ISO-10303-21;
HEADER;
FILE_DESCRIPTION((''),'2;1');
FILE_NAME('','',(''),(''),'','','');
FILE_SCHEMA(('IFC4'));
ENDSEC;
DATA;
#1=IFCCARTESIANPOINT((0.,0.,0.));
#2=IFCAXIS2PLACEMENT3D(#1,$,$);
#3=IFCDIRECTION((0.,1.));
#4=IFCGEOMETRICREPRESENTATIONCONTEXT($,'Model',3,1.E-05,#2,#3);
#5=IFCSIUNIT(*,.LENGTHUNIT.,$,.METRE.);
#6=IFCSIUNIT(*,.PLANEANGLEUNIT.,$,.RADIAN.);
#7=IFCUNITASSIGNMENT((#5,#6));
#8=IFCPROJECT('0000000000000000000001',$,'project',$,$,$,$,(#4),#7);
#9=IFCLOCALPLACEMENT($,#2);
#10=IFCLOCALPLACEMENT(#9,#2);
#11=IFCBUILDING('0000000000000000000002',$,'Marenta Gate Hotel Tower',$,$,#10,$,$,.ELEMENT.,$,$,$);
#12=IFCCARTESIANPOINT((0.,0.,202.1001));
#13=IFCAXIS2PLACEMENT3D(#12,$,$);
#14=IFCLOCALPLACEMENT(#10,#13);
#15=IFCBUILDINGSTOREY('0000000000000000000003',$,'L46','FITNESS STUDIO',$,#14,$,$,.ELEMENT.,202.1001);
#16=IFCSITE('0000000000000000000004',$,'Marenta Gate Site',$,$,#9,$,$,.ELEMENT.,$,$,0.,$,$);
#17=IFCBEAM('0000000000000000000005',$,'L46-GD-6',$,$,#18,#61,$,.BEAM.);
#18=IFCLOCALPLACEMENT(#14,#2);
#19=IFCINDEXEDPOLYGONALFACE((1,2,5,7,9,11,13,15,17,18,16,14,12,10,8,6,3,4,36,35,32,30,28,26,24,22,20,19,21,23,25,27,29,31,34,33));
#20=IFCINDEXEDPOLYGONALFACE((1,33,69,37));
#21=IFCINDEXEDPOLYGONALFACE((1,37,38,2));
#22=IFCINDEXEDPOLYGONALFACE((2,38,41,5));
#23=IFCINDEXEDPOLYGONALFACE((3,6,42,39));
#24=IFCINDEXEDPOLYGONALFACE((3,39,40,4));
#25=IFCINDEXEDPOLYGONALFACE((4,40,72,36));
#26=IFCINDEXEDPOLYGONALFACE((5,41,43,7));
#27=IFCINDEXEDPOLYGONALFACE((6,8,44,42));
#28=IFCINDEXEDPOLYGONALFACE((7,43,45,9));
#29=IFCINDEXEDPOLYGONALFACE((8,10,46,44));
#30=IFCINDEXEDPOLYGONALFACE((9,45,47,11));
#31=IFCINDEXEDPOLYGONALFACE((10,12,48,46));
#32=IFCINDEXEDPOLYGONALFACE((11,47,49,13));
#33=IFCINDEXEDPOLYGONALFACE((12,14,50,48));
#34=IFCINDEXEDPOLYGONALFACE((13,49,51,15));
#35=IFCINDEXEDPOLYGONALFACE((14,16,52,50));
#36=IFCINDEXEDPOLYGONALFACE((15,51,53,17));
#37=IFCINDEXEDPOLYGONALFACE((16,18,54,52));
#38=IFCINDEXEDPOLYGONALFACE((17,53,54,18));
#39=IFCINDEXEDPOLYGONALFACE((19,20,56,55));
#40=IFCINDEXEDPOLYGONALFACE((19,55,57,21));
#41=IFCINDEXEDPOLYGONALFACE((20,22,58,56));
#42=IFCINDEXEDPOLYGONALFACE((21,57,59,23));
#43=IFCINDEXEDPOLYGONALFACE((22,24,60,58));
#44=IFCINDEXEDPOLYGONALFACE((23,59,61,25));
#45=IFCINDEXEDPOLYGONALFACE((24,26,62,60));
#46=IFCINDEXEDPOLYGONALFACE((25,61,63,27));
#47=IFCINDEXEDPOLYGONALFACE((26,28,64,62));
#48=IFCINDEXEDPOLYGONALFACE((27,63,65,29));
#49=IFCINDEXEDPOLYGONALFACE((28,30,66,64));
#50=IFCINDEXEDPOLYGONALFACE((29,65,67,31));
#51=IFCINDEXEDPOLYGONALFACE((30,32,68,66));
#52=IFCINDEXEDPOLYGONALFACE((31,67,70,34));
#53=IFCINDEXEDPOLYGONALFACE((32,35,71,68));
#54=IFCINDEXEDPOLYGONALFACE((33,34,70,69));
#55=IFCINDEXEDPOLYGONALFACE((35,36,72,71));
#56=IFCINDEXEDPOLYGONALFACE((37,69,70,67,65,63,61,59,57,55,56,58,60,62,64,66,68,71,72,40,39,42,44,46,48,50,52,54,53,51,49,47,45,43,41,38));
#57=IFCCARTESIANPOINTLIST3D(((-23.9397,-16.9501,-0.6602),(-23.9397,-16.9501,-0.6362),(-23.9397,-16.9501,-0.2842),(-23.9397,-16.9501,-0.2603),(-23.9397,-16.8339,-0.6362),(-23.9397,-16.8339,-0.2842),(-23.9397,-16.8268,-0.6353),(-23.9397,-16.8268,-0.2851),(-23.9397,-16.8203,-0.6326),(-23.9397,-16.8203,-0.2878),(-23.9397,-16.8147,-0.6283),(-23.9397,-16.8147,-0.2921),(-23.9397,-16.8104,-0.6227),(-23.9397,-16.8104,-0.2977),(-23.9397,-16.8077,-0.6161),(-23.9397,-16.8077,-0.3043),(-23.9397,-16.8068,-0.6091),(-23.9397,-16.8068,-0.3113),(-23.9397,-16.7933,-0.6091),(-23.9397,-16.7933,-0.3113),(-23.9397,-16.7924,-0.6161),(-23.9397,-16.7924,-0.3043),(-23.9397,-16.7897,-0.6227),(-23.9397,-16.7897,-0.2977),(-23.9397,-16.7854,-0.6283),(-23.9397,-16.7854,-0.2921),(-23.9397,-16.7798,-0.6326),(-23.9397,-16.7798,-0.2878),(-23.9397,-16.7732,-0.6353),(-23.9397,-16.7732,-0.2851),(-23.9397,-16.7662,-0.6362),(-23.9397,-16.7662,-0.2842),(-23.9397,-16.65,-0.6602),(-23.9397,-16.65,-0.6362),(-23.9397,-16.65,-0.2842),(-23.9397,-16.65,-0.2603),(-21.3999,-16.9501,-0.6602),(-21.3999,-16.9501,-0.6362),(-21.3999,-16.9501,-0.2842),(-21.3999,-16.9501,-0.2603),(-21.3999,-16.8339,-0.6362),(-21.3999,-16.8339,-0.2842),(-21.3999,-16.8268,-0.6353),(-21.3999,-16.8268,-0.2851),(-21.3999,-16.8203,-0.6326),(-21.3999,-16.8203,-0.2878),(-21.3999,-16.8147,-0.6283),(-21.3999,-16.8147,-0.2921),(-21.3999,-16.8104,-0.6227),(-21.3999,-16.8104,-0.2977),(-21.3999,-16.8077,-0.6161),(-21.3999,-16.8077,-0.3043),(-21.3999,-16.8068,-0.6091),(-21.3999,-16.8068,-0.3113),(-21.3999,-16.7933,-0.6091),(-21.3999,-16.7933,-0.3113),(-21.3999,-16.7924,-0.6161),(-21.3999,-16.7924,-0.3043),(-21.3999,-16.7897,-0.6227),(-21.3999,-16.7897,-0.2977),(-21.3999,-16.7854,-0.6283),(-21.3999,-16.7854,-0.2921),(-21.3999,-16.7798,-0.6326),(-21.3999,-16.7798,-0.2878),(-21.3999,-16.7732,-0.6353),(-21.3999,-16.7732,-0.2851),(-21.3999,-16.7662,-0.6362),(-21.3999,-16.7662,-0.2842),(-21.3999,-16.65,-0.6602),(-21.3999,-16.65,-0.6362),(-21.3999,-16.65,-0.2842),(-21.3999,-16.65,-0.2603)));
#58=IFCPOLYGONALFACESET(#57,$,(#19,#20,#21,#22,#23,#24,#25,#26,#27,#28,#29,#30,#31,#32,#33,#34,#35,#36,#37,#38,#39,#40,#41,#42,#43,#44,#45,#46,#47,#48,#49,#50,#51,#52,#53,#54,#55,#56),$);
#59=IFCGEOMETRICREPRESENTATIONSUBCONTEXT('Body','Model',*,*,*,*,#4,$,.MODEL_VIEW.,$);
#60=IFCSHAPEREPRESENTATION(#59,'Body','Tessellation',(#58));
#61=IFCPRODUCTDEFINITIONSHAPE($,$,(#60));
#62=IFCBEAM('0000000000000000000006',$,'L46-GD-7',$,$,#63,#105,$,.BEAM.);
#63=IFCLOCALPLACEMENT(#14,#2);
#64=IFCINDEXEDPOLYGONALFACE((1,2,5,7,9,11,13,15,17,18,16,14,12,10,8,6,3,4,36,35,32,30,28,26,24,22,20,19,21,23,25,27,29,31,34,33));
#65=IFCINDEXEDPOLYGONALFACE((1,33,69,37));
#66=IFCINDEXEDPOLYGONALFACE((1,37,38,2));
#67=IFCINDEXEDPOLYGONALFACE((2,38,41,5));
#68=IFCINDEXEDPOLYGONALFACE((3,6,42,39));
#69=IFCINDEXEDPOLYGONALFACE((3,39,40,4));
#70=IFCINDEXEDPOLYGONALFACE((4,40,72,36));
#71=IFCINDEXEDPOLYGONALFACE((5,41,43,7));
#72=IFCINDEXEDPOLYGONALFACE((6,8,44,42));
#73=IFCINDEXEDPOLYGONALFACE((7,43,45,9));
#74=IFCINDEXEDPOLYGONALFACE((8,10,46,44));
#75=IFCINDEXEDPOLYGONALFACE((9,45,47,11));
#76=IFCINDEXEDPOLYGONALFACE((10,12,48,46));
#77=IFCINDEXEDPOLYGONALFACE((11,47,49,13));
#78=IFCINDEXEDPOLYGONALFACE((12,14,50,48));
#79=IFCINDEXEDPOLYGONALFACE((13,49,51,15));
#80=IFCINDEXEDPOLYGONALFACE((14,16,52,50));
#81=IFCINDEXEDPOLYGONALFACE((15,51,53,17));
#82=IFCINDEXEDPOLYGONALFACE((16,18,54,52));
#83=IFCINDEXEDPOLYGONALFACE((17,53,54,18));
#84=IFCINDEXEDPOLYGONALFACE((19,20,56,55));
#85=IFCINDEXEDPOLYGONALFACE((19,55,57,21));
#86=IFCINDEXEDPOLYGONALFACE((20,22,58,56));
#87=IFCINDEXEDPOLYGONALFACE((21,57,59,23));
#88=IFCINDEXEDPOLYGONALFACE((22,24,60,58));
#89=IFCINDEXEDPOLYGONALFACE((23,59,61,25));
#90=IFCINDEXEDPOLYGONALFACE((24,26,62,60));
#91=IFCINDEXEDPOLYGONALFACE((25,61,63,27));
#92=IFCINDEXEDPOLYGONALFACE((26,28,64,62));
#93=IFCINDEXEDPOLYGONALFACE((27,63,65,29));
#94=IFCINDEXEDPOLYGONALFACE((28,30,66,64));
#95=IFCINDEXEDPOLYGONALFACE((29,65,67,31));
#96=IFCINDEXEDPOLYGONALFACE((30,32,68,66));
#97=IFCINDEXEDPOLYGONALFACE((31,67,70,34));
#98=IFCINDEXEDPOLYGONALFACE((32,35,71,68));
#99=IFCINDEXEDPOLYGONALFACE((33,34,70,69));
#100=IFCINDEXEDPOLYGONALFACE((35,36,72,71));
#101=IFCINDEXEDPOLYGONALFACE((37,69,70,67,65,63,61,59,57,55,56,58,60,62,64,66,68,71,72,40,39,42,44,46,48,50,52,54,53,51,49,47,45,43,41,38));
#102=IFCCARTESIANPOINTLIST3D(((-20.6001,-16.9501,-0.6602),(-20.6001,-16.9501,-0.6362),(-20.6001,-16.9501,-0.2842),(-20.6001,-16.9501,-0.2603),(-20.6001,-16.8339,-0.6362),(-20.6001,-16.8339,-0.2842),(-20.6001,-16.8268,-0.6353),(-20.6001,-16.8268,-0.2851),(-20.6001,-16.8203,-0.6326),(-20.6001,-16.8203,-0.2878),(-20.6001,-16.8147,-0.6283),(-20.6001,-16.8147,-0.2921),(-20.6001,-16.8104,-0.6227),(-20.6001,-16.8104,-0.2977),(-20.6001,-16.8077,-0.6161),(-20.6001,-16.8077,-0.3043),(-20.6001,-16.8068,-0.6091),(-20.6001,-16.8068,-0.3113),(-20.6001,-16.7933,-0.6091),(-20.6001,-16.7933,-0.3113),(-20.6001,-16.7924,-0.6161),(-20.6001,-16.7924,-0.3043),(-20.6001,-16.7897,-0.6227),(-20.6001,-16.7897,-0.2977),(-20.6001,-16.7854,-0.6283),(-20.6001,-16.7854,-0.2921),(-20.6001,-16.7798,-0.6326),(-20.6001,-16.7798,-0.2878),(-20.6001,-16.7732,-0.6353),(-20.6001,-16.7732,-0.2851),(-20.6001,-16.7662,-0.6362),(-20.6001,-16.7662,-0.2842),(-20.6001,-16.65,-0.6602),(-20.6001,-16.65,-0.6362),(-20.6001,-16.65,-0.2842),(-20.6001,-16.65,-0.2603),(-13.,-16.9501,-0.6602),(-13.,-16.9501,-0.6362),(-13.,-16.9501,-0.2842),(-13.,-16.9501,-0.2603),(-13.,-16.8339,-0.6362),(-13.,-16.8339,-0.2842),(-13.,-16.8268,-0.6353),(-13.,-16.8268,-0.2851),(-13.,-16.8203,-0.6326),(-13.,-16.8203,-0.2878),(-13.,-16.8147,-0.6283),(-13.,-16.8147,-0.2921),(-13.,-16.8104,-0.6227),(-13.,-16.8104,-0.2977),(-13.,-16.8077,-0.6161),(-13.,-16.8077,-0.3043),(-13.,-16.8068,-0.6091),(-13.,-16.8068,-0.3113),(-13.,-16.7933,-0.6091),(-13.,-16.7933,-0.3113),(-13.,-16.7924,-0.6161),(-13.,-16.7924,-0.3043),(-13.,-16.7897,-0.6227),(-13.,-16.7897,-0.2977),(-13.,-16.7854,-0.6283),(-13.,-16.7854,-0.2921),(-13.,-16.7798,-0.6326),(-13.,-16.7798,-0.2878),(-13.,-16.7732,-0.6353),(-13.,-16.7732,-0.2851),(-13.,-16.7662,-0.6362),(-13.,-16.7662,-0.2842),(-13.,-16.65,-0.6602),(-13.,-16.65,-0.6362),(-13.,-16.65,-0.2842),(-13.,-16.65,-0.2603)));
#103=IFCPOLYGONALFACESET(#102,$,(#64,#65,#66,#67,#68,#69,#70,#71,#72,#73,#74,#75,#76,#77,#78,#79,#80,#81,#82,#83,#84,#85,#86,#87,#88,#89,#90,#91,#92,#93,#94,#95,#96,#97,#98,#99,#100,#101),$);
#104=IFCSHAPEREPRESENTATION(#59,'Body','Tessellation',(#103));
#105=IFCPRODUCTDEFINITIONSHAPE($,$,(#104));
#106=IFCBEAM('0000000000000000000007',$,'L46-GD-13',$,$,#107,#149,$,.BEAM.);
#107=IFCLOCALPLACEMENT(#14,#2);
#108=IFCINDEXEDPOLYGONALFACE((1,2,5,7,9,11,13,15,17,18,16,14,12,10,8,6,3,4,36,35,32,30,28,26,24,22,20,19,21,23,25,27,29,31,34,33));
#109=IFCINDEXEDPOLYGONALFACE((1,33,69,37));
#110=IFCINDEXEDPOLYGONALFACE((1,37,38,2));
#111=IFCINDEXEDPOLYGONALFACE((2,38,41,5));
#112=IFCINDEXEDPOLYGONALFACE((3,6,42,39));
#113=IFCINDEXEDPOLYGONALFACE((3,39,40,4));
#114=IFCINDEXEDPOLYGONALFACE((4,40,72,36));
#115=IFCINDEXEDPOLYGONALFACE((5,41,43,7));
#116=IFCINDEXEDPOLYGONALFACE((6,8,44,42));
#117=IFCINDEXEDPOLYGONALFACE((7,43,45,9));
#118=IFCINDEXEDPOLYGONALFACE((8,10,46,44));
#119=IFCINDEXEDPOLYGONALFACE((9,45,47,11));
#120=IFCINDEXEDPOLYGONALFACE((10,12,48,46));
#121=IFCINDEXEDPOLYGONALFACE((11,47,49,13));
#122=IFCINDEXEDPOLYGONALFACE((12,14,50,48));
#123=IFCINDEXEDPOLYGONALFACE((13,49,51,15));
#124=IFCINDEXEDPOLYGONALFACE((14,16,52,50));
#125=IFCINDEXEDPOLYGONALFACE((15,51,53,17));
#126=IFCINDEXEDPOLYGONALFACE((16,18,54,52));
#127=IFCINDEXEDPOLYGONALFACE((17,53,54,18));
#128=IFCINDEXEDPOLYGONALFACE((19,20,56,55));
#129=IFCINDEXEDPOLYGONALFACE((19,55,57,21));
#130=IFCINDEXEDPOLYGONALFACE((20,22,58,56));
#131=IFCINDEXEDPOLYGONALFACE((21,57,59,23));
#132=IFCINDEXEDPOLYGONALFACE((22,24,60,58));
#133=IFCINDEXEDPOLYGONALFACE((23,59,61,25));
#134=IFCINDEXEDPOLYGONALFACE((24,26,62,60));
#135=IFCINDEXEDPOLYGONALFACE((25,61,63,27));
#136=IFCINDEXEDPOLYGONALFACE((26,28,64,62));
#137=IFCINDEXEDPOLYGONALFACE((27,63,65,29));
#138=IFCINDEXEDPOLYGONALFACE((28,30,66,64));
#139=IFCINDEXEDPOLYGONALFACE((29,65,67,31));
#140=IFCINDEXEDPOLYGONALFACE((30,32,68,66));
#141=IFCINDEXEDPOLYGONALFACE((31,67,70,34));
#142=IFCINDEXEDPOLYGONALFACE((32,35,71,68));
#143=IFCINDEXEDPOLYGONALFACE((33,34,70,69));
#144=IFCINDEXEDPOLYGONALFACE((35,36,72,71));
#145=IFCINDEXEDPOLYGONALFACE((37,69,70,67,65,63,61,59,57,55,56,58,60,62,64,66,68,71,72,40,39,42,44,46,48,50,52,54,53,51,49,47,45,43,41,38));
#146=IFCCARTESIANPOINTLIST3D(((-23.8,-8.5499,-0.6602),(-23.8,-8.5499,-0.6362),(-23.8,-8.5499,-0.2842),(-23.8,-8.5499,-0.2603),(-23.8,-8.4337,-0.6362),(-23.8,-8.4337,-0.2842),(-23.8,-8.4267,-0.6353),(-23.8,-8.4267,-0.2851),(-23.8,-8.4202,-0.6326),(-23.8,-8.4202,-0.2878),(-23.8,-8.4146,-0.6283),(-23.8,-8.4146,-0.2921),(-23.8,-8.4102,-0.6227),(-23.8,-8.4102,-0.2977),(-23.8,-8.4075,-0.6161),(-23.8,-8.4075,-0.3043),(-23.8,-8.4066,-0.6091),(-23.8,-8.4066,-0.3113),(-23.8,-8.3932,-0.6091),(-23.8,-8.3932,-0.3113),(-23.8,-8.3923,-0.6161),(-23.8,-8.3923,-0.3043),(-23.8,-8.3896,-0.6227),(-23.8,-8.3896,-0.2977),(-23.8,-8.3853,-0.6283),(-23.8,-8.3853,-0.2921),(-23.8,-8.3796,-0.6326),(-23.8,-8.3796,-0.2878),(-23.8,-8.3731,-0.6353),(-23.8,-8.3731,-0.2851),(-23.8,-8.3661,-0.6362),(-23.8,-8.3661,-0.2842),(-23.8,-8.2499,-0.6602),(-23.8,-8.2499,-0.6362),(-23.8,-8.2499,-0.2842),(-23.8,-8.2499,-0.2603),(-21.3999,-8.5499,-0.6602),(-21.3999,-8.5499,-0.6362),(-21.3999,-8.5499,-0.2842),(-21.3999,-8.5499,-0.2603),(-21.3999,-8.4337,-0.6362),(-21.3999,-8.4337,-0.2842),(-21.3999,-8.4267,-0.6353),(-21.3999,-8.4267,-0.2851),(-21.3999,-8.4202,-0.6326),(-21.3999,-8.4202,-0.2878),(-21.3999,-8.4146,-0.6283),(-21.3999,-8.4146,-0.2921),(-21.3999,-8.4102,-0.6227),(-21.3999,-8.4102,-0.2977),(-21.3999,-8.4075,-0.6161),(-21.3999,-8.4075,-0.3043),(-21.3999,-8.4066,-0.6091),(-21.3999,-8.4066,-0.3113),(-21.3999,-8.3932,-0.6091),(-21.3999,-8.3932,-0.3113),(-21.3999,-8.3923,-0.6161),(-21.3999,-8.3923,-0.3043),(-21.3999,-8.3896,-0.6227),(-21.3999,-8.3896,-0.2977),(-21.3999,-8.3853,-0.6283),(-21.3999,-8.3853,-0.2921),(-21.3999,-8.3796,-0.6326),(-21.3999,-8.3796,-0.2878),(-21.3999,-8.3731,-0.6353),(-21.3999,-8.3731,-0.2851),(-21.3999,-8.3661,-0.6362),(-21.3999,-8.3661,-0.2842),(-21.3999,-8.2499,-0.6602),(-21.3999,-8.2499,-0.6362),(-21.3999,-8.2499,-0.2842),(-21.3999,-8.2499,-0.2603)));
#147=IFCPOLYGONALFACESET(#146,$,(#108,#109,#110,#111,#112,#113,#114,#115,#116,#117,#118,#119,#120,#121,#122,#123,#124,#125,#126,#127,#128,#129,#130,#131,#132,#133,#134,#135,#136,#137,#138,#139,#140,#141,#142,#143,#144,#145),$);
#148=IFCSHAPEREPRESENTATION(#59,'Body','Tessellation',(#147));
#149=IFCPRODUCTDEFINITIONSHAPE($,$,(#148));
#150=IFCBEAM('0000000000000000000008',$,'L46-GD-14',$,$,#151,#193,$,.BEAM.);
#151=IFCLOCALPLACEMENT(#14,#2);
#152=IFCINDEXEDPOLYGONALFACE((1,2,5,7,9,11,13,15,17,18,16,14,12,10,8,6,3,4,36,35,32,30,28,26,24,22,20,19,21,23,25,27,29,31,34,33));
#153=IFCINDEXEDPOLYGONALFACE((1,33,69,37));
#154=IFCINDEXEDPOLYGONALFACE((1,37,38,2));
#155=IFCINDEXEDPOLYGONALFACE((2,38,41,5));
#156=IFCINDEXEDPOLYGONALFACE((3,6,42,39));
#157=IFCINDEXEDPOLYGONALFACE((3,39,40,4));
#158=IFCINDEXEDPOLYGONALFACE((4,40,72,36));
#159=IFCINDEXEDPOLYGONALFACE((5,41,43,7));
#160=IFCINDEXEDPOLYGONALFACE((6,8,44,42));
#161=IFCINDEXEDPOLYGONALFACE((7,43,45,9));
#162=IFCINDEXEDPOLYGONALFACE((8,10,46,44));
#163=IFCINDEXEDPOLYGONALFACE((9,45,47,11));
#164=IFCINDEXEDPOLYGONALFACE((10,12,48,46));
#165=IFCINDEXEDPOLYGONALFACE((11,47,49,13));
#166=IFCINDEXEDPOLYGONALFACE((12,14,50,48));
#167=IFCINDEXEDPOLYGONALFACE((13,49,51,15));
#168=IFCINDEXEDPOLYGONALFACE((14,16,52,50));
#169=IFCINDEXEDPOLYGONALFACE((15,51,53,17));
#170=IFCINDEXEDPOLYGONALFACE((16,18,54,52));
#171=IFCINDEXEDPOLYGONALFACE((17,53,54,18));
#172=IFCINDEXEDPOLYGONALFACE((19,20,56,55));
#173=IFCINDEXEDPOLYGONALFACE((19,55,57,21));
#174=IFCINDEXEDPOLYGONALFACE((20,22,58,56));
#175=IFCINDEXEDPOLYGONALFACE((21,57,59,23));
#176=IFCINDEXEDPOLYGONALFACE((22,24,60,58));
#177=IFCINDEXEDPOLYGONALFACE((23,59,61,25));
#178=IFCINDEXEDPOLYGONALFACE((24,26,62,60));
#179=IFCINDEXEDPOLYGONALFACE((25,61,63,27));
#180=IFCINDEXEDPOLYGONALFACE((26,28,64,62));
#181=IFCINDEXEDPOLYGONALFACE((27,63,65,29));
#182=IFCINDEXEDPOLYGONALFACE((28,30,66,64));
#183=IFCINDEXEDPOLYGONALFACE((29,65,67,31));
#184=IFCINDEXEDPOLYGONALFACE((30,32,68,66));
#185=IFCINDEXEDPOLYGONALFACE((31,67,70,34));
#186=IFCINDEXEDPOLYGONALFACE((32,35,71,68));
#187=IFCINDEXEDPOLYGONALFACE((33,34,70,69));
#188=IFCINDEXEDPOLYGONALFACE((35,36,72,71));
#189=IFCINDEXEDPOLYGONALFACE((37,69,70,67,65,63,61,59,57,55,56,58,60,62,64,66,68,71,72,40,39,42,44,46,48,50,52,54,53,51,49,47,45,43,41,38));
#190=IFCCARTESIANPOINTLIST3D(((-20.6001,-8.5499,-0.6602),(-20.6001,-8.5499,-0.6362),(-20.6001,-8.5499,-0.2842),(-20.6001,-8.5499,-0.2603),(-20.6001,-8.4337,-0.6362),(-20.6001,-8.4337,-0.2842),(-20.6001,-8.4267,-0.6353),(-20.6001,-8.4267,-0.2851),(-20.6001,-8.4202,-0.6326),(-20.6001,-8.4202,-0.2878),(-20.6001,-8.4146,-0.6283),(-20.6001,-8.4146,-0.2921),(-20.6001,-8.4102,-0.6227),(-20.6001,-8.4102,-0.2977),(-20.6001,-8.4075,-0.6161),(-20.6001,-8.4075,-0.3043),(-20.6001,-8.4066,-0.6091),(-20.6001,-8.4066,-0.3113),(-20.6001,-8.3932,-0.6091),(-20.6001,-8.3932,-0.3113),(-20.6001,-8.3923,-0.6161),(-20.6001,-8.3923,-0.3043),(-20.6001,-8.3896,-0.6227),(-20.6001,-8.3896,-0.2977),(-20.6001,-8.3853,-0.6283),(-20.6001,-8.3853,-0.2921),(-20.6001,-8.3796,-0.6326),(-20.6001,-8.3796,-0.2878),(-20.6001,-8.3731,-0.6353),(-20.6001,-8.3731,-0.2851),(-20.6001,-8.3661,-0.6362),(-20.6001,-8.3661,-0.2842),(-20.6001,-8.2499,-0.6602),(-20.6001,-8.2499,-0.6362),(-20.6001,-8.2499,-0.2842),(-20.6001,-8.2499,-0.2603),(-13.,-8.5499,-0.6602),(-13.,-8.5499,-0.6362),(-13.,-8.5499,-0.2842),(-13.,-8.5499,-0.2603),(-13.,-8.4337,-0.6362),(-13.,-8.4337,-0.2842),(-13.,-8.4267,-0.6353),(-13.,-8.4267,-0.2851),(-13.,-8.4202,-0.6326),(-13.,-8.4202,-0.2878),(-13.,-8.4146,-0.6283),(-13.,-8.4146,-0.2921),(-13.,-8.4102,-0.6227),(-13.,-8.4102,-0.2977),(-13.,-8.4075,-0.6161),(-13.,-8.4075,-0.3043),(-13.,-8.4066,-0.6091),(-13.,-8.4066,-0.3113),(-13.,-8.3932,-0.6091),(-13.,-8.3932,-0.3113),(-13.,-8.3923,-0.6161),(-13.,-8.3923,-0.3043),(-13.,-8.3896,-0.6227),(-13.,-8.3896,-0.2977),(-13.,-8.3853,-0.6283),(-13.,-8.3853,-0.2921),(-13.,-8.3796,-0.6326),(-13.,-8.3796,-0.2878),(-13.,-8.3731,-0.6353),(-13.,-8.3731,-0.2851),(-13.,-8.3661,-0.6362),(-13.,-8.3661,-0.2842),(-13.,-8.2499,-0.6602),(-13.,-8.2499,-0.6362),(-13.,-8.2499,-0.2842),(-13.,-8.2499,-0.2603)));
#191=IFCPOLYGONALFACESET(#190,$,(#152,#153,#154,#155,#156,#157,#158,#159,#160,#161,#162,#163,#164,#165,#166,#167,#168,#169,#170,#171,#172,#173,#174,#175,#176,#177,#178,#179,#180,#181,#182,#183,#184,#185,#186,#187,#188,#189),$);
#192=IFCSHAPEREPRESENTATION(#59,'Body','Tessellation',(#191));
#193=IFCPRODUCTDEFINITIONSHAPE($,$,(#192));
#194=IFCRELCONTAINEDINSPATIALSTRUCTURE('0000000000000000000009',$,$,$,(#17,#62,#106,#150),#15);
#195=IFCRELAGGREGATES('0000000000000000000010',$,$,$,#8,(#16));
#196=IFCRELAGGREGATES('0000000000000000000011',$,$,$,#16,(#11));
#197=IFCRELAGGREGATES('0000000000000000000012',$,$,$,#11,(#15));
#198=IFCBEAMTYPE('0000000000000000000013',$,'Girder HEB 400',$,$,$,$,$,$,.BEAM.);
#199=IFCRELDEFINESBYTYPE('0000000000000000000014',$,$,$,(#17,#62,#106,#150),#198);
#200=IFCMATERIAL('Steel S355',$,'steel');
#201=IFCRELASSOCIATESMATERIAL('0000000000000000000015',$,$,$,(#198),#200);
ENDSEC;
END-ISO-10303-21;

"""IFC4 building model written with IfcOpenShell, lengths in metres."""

from ifc_helpers import new_model, si_unit, direction, frame, origin, origin_2d, place, context, subcontext, project, spatial, i_section, extrude, material, material_profile, profile_set, type_object, element, save


model = new_model("IFC4")

# Units and contexts
model_context = context("Model", 3, precision=1e-05, world=origin(), true_north=direction((0.0, 1.0)))
body_context = subcontext(model_context, "Body", "Model", "MODEL_VIEW")
ifc_project = project(units=[si_unit("LENGTHUNIT", "METRE"), si_unit("PLANEANGLEUNIT", "RADIAN")], contexts=[model_context])

# Site, building, storey
site_placement = place(None, origin())
site = spatial("IfcSite", under=ifc_project, at=site_placement, Name="Marenta Gate Site", CompositionType="ELEMENT", RefElevation=0.0)
building_placement = place(site_placement, origin())
building = spatial("IfcBuilding", under=site, at=building_placement, Name="Marenta Gate Hotel Tower", CompositionType="ELEMENT")
storey_placement = place(building_placement, frame((0.0, 0.0, 202.1001)))
storey = spatial("IfcBuildingStorey", under=building, at=storey_placement, Name="L46", Description="FITNESS STUDIO", CompositionType="ELEMENT", Elevation=202.1001)

# Beams
ifc_material_1 = material(Name="Steel S355", Category="steel")
ifc_material_profile_1 = material_profile(ifc_material_1, i_section(OverallWidth=0.3, OverallDepth=0.3999, WebThickness=0.0134, FlangeThickness=0.0239, FilletRadius=0.0271, at=origin_2d()), Name="HEB 400")
ifc_profile_set_1 = profile_set([ifc_material_profile_1], Name="Steel S355")
beam_type_1 = type_object("IfcBeamType", Name="Girder HEB 400", PredefinedType="BEAM", material=ifc_profile_set_1)
beam_1_placement = place(storey_placement, frame((-23.9397, -16.8, -0.4602), z_axis=(1.0, 0.0, 0.0), x_axis=(0.0, 1.0, 0.0)))
element("IfcBeam", 1, at=beam_1_placement, inside=storey, type_object=beam_type_1, Name="L46-GD-6", PredefinedType="BEAM", context=body_context, shape_type="SweptSolid", body=[
    extrude(i_section(OverallWidth=0.3, OverallDepth=0.3999, WebThickness=0.0134, FlangeThickness=0.0239, FilletRadius=0.0271, at=origin_2d()), origin(), (0.0, 0.0, 1.0), 2.5398),
])
beam_2_placement = place(storey_placement, frame((-20.6001, -16.8, -0.4602), z_axis=(1.0, 0.0, 0.0), x_axis=(0.0, 1.0, 0.0)))
element("IfcBeam", 2, at=beam_2_placement, inside=storey, type_object=beam_type_1, Name="L46-GD-7", PredefinedType="BEAM", context=body_context, shape_type="SweptSolid", body=[
    extrude(i_section(OverallWidth=0.3, OverallDepth=0.3999, WebThickness=0.0134, FlangeThickness=0.0239, FilletRadius=0.0271, at=origin_2d()), origin(), (0.0, 0.0, 1.0), 7.6001),
])
beam_3_placement = place(storey_placement, frame((-23.8, -8.3999, -0.4602), z_axis=(1.0, 0.0, 0.0), x_axis=(0.0, 1.0, 0.0)))
element("IfcBeam", 3, at=beam_3_placement, inside=storey, type_object=beam_type_1, Name="L46-GD-13", PredefinedType="BEAM", context=body_context, shape_type="SweptSolid", body=[
    extrude(i_section(OverallWidth=0.3, OverallDepth=0.3999, WebThickness=0.0134, FlangeThickness=0.0239, FilletRadius=0.0271, at=origin_2d()), origin(), (0.0, 0.0, 1.0), 2.4001),
])
beam_4_placement = place(storey_placement, frame((-20.6001, -8.3999, -0.4602), z_axis=(1.0, 0.0, 0.0), x_axis=(0.0, 1.0, 0.0)))
element("IfcBeam", 4, at=beam_4_placement, inside=storey, type_object=beam_type_1, Name="L46-GD-14", PredefinedType="BEAM", context=body_context, shape_type="SweptSolid", body=[
    extrude(i_section(OverallWidth=0.3, OverallDepth=0.3999, WebThickness=0.0134, FlangeThickness=0.0239, FilletRadius=0.0271, at=origin_2d()), origin(), (0.0, 0.0, 1.0), 7.6001),
])

save(model, "model.ifc")
